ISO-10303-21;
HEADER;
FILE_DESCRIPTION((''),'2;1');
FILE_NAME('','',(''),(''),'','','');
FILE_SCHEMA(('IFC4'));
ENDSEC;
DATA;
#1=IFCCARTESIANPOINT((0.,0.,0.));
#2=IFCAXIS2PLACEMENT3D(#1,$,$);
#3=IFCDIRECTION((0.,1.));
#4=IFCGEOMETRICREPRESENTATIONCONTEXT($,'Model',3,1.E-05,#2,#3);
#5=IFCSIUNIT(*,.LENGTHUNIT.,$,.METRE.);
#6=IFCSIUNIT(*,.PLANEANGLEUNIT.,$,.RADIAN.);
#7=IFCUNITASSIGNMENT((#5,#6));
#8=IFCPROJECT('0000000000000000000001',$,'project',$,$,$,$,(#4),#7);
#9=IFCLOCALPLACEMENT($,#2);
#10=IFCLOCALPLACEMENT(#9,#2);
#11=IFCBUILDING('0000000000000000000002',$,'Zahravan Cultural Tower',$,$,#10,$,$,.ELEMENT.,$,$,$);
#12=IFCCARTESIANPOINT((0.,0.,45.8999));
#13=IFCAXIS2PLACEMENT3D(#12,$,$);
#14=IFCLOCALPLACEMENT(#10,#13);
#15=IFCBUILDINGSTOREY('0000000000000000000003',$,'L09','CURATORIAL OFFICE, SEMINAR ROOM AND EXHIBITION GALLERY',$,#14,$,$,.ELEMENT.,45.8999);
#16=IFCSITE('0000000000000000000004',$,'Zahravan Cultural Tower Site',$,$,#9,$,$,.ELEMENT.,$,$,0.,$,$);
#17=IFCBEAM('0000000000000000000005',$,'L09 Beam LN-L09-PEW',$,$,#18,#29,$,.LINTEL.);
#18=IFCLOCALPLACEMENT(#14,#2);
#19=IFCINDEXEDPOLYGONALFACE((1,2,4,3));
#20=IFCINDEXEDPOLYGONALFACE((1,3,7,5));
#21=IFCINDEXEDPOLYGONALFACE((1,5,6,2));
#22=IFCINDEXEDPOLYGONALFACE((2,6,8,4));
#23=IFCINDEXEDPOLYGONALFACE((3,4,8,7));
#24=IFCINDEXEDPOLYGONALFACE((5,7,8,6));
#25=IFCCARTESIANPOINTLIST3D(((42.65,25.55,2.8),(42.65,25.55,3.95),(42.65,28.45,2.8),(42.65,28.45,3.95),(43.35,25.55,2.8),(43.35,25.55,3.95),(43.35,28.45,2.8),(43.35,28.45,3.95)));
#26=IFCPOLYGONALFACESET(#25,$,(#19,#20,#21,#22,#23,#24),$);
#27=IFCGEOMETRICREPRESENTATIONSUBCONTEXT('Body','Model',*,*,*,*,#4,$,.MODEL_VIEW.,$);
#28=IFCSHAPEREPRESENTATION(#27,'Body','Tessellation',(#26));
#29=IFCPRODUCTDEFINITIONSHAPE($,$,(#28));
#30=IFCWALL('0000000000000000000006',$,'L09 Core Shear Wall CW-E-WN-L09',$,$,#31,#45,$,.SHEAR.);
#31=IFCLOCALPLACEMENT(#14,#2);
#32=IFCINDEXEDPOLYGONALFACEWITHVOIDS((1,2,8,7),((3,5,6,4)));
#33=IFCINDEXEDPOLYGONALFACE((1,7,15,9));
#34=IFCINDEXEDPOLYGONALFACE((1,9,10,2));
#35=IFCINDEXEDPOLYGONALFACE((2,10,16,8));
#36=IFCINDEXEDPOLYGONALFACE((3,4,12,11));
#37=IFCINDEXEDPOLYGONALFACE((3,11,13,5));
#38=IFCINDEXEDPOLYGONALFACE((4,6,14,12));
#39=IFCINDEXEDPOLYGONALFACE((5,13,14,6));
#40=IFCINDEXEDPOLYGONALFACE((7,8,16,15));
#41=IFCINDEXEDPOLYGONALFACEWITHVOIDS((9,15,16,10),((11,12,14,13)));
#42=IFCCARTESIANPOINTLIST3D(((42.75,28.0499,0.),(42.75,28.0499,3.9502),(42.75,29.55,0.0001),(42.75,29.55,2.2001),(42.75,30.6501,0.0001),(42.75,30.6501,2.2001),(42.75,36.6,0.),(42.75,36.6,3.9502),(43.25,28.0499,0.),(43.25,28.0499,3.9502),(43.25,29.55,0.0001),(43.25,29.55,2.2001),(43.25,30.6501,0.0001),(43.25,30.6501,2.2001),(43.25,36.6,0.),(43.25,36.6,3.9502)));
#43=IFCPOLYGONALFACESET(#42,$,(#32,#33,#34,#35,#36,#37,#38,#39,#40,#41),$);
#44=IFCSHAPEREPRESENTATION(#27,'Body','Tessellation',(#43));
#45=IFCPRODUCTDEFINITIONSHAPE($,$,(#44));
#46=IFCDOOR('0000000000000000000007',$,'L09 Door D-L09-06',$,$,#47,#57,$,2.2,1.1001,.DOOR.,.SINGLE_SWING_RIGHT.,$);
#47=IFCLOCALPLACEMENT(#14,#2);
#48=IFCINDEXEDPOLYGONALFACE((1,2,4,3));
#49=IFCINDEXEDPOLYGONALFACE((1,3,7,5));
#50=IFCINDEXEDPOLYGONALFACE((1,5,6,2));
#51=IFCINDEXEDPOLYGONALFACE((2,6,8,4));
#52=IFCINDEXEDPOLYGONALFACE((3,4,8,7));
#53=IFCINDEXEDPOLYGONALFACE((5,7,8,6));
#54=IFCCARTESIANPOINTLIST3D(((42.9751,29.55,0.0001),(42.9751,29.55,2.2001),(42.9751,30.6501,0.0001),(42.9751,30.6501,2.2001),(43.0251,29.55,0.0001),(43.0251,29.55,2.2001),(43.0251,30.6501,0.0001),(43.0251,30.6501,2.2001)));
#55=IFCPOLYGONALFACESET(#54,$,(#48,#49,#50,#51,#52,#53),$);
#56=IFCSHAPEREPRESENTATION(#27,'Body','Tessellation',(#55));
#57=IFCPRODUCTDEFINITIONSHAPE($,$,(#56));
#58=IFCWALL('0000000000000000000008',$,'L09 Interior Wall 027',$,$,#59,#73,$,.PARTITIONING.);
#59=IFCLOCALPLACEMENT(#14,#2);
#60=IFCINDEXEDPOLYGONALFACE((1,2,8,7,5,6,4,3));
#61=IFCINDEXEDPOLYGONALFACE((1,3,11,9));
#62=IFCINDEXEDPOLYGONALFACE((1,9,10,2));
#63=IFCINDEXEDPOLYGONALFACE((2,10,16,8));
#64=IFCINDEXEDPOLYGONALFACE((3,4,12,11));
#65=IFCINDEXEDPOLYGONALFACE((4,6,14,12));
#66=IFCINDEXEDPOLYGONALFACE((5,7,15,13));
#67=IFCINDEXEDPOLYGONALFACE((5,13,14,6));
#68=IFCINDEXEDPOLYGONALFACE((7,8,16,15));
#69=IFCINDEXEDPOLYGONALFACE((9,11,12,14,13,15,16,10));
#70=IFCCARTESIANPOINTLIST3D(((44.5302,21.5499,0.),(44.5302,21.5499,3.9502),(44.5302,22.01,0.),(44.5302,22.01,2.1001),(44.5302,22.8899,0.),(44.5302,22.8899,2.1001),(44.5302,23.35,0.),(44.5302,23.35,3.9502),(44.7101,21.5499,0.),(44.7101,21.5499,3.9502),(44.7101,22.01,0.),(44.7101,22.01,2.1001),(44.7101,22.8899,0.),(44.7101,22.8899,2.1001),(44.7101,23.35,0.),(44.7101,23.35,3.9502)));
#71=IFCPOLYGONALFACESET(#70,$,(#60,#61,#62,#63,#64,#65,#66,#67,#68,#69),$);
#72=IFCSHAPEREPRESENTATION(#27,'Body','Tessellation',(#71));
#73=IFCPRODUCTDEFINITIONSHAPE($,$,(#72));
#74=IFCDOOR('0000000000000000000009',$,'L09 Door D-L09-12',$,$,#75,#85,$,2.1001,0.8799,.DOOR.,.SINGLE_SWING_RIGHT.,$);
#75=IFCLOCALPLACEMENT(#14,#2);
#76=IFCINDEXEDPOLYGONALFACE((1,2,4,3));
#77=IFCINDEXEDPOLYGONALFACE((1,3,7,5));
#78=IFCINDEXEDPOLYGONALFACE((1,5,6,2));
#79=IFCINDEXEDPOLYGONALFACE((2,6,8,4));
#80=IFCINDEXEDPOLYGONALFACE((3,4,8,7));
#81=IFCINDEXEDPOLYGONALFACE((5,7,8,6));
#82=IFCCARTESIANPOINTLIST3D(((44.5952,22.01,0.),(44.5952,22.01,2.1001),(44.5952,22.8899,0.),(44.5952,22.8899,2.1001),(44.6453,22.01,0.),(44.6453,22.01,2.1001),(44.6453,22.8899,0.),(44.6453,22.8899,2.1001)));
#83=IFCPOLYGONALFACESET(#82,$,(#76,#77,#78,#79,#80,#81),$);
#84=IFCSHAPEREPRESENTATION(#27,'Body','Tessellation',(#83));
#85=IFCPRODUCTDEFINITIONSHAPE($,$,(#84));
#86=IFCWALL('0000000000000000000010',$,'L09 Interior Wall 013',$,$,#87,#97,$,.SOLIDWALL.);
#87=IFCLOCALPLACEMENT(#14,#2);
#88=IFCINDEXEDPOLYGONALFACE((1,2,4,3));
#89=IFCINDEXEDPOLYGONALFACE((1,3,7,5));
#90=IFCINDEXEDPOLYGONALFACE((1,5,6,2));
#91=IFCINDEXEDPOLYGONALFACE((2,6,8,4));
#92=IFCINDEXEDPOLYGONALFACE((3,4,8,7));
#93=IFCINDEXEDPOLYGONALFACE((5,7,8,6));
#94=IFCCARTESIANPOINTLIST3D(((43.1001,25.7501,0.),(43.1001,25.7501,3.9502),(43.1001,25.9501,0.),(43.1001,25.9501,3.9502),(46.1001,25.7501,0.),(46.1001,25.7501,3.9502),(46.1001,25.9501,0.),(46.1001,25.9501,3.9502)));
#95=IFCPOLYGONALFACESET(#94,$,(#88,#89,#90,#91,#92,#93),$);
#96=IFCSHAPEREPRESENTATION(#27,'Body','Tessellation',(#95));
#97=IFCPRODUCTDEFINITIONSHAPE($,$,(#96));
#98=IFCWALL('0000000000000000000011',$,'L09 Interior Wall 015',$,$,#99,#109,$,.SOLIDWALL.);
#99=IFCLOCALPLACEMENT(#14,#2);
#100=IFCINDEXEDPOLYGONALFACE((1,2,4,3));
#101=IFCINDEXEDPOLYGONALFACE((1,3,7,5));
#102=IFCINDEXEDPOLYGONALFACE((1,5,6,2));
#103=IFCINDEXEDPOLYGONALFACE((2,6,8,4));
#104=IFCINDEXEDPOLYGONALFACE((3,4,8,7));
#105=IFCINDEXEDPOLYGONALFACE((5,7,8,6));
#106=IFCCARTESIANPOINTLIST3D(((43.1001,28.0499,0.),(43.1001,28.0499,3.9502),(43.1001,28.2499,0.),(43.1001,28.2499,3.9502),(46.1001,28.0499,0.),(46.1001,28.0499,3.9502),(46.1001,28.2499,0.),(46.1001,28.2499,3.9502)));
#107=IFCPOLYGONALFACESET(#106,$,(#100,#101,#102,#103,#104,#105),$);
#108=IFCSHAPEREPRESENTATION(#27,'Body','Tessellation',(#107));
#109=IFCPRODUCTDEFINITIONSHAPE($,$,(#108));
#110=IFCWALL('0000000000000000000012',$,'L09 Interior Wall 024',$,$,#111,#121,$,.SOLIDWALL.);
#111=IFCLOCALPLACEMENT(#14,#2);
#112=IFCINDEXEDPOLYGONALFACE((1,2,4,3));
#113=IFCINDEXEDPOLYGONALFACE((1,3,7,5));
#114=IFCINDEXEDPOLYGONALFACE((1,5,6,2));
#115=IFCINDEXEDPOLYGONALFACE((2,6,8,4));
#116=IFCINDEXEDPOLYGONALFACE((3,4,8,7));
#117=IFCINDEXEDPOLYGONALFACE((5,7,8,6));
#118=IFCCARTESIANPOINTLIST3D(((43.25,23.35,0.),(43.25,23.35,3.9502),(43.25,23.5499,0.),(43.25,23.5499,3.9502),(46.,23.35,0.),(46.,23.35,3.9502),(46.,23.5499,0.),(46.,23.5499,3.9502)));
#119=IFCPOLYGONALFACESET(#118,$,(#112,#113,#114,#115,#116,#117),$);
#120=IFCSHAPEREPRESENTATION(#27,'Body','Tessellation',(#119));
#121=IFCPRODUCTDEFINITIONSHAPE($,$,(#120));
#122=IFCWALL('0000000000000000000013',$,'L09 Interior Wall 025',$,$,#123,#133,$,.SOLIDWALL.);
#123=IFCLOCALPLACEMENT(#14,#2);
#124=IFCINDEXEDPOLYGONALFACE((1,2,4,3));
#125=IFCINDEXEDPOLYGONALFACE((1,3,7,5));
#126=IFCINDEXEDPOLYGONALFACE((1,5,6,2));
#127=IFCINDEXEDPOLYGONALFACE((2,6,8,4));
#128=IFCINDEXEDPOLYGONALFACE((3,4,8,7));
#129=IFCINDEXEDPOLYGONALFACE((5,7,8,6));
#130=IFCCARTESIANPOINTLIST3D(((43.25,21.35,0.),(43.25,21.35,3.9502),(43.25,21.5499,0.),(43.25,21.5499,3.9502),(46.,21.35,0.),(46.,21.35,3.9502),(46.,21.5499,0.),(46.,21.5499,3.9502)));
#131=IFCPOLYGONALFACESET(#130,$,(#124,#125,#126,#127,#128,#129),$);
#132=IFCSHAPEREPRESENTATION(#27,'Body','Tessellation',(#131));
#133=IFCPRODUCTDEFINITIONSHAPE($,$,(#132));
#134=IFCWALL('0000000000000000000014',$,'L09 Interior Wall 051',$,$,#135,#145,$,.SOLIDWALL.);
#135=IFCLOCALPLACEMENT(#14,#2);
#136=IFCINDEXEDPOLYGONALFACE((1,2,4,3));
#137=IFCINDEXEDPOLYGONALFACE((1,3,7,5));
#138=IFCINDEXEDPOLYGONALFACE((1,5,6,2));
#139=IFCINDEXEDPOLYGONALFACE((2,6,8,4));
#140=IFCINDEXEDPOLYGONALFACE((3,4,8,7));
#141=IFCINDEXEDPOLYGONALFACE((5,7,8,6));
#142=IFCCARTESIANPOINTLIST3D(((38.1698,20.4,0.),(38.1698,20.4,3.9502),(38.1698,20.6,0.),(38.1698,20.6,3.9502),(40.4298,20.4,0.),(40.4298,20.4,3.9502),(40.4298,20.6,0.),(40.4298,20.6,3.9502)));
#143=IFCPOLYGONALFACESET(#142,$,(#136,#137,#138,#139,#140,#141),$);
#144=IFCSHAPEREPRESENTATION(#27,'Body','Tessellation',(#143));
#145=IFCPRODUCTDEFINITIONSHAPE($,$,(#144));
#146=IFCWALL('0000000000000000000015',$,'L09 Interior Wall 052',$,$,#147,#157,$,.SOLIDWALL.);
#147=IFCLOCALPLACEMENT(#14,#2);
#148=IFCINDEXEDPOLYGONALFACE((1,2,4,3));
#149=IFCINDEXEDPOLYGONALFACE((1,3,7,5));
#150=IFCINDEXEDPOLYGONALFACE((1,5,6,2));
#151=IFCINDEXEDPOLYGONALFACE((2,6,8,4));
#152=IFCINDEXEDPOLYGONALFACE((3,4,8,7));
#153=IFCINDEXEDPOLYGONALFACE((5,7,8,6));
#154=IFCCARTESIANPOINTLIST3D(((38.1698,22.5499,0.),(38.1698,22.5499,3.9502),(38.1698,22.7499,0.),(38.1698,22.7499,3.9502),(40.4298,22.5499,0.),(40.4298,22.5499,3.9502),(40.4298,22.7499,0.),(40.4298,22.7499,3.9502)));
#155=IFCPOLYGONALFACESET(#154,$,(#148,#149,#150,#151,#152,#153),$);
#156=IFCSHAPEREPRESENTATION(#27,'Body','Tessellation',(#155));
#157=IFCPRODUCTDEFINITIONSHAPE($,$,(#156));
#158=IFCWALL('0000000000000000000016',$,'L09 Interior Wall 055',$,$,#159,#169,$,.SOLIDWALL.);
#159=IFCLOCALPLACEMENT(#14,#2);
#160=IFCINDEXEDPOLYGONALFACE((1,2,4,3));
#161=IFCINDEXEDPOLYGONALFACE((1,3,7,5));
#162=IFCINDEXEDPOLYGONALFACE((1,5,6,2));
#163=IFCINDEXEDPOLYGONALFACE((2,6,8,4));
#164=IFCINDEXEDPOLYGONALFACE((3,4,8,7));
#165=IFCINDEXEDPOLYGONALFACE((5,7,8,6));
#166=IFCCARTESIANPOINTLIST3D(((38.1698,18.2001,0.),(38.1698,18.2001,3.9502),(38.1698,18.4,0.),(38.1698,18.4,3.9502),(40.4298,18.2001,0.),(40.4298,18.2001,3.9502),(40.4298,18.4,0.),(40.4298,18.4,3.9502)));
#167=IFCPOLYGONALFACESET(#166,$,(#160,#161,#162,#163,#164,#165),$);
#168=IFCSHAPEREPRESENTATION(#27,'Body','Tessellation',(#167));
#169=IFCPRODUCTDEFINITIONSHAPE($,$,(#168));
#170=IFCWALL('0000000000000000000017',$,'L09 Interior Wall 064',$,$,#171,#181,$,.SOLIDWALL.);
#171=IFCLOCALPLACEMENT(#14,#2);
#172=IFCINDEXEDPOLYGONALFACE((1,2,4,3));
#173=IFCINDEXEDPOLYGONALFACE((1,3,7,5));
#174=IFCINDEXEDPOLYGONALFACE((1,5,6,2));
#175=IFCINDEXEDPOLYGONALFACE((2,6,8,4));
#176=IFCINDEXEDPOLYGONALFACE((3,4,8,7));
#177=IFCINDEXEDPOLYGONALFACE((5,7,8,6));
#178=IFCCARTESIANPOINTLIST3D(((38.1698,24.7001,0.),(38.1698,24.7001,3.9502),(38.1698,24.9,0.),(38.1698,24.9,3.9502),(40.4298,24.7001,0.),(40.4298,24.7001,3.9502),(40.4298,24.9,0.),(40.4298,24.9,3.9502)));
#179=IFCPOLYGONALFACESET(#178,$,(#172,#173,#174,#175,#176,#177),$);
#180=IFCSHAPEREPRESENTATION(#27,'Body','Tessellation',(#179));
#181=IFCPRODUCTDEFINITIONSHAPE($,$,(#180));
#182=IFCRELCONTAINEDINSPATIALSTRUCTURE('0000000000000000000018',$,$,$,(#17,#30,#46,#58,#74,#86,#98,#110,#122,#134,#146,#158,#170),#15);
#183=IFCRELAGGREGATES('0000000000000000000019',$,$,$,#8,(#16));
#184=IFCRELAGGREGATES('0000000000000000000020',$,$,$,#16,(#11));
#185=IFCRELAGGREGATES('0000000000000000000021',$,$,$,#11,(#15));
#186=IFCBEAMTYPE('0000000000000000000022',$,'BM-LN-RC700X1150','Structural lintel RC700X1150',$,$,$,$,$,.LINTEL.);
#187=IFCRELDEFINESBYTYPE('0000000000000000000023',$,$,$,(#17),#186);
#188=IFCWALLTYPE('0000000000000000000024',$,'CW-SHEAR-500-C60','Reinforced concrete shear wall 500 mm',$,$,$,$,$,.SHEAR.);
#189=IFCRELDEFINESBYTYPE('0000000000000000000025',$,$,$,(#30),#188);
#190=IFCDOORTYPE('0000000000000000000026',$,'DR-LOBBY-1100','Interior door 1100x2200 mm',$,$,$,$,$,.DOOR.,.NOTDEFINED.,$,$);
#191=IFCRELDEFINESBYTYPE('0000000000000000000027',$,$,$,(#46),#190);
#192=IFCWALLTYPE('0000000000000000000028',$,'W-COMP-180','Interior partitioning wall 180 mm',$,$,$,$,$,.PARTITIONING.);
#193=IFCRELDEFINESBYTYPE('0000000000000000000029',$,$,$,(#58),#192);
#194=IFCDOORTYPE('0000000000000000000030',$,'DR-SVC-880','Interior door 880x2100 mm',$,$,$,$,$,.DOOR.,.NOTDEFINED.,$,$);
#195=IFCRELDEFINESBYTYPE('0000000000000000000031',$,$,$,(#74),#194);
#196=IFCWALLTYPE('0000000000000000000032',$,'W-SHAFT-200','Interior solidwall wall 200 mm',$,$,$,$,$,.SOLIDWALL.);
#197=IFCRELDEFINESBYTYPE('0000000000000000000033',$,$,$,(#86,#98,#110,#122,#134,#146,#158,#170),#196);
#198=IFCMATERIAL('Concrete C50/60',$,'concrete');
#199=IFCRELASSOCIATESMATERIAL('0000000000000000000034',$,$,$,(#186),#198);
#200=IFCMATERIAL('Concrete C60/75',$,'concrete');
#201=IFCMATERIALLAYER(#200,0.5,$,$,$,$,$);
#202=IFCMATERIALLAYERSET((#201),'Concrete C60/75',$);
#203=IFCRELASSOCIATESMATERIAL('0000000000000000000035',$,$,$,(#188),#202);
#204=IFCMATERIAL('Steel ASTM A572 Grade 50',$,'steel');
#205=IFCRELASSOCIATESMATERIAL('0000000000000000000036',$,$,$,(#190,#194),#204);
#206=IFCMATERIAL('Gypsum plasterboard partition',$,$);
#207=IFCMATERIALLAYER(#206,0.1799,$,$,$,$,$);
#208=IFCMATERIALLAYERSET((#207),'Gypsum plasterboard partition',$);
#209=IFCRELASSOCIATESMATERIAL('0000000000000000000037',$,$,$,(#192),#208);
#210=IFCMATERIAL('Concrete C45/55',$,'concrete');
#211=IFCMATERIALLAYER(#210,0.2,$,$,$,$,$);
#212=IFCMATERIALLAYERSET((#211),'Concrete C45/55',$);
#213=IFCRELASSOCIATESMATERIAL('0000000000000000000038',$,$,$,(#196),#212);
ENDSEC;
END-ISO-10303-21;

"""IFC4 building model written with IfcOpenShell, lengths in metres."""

from ifc_helpers import new_model, si_unit, direction, frame, frame_2d, origin, origin_2d, place, context, subcontext, project, spatial, rectangle, extrude, source, transform, mapped, material, layer, layer_set, material_profile, profile_set, type_object, element, fill, save


model = new_model("IFC4")

# Units and contexts
model_context = context("Model", 3, precision=1e-05, world=origin(), true_north=direction((0.0, 1.0)))
body_context = subcontext(model_context, "Body", "Model", "MODEL_VIEW")
ifc_project = project(units=[si_unit("LENGTHUNIT", "METRE"), si_unit("PLANEANGLEUNIT", "RADIAN")], contexts=[model_context])

# Site, building, storey
site_placement = place(None, origin())
site = spatial("IfcSite", under=ifc_project, at=site_placement, Name="Zahravan Cultural Tower Site", CompositionType="ELEMENT", RefElevation=0.0)
building_placement = place(site_placement, origin())
building = spatial("IfcBuilding", under=site, at=building_placement, Name="Zahravan Cultural Tower", CompositionType="ELEMENT")
storey_placement = place(building_placement, frame((0.0, 0.0, 45.8999)))
storey = spatial("IfcBuildingStorey", under=building, at=storey_placement, Name="L09", Description="CURATORIAL OFFICE, SEMINAR ROOM AND EXHIBITION GALLERY", CompositionType="ELEMENT", Elevation=45.8999)

# Beam
ifc_material_1 = material(Name="Concrete C50/60", Category="concrete")
ifc_material_profile = material_profile(ifc_material_1, rectangle(XDim=0.7, YDim=1.1499, at=origin_2d()), Name="RC700X1150")
ifc_profile_set = profile_set([ifc_material_profile], Name="Concrete C50/60")
beam_type = type_object("IfcBeamType", Name="BM-LN-RC700X1150", Description="Structural lintel RC700X1150", PredefinedType="LINTEL", material=ifc_profile_set)
shared_shape_1 = source(origin(), body_context, "Body", "SweptSolid", [
    extrude(rectangle(XDim=0.7, YDim=1.1499, at=origin_2d()), origin(), (0.0, 0.0, 1.0), 2.8999),
])
beam_placement = place(storey_placement, frame((43.0, 25.55, 3.375), z_axis=(0.0, 1.0, 0.0), x_axis=(-1.0, 0.0, 0.0)))
element("IfcBeam", 1, at=beam_placement, inside=storey, type_object=beam_type, Name="L09 Beam LN-L09-PEW", PredefinedType="LINTEL", context=body_context, shape_type="MappedRepresentation", body=[
    mapped(shared_shape_1, transform((0.0, 0.0, 0.0), x_axis=(1.0, 0.0, 0.0), y_axis=(0.0, 1.0, 0.0), z_axis=(0.0, 0.0, 1.0), scale=1.0)),
])

# Walls, openings, doors
ifc_material_2 = material(Name="Concrete C60/75", Category="concrete")
ifc_layer_1 = layer(ifc_material_2, 0.5)
ifc_layer_set_1 = layer_set([ifc_layer_1], Name="Concrete C60/75")
wall_type_1 = type_object("IfcWallType", Name="CW-SHEAR-500-C60", Description="Reinforced concrete shear wall 500 mm", PredefinedType="SHEAR", material=ifc_layer_set_1)
wall_1_placement = place(storey_placement, frame((43.0, 28.05, 0.0), z_axis=(0.0, 0.0, 1.0), x_axis=(0.0, 1.0, 0.0)))
wall_1 = element("IfcWall", 2, at=wall_1_placement, inside=storey, type_object=wall_type_1, Name="L09 Core Shear Wall CW-E-WN-L09", PredefinedType="SHEAR", context=body_context, shape_type="SweptSolid", body=[
    extrude(rectangle(XDim=8.55, YDim=0.5, at=frame_2d((4.2749, 0.0))), origin(), (0.0, 0.0, 1.0), 3.9502),
])
opening_1_placement = place(wall_1_placement, frame((1.5, 0.0, 0.0)))
opening_1 = element("IfcOpeningElement", 3, at=opening_1_placement, cuts=wall_1, PredefinedType="OPENING", context=body_context, shape_type="SweptSolid", body=[
    extrude(rectangle(XDim=1.1001, YDim=2.2, at=frame_2d((0.55, 1.1001))), frame((0.0, 0.26, 0.0), z_axis=(0.0, -1.0, 0.0), x_axis=(1.0, 0.0, 0.0)), (0.0, 0.0, 1.0), 0.52),
])
ifc_material_3 = material(Name="Steel ASTM A572 Grade 50", Category="steel")
door_type_1 = type_object("IfcDoorType", Name="DR-LOBBY-1100", Description="Interior door 1100x2200 mm", OperationType="NOTDEFINED", PredefinedType="DOOR", material=ifc_material_3)
shared_shape_2 = source(origin(), body_context, "Body", "SweptSolid", [
    extrude(rectangle(XDim=1.1001, YDim=2.2, at=frame_2d((0.55, 1.1001))), frame((0.0, 0.0249, 0.0), z_axis=(0.0, -1.0, 0.0), x_axis=(1.0, 0.0, 0.0)), (0.0, 0.0, 1.0), 0.05),
])
door_1_placement = place(opening_1_placement, origin())
door_1 = element("IfcDoor", 4, at=door_1_placement, inside=storey, type_object=door_type_1, Name="L09 Door D-L09-06", OperationType="SINGLE_SWING_RIGHT", OverallHeight=2.2, OverallWidth=1.1001, PredefinedType="DOOR", context=body_context, shape_type="MappedRepresentation", body=[
    mapped(shared_shape_2, transform((0.0, 0.0, 0.0), x_axis=(1.0, 0.0, 0.0), y_axis=(0.0, 1.0, 0.0), z_axis=(0.0, 0.0, 1.0), scale=1.0)),
])
fill(opening_1, door_1)
ifc_material_4 = material(Name="Gypsum plasterboard partition")
ifc_layer_2 = layer(ifc_material_4, 0.1799)
ifc_layer_set_2 = layer_set([ifc_layer_2], Name="Gypsum plasterboard partition")
wall_type_2 = type_object("IfcWallType", Name="W-COMP-180", Description="Interior partitioning wall 180 mm", PredefinedType="PARTITIONING", material=ifc_layer_set_2)
wall_2_placement = place(storey_placement, frame((44.6201, 21.55, 0.0), z_axis=(0.0, 0.0, 1.0), x_axis=(0.0, 1.0, 0.0)))
wall_2 = element("IfcWall", 5, at=wall_2_placement, inside=storey, type_object=wall_type_2, Name="L09 Interior Wall 027", PredefinedType="PARTITIONING", context=body_context, shape_type="SweptSolid", body=[
    extrude(rectangle(XDim=1.8, YDim=0.1799, at=frame_2d((0.8999, 0.0))), origin(), (0.0, 0.0, 1.0), 3.9502),
])
opening_2_placement = place(wall_2_placement, frame((0.46, 0.0, 0.0)))
opening_2 = element("IfcOpeningElement", 6, at=opening_2_placement, cuts=wall_2, PredefinedType="OPENING", context=body_context, shape_type="SweptSolid", body=[
    extrude(rectangle(XDim=0.8799, YDim=2.1001, at=frame_2d((0.4399, 1.05))), frame((0.0, 0.0999, 0.0), z_axis=(0.0, -1.0, 0.0), x_axis=(1.0, 0.0, 0.0)), (0.0, 0.0, 1.0), 0.2),
])
door_type_2 = type_object("IfcDoorType", Name="DR-SVC-880", Description="Interior door 880x2100 mm", OperationType="NOTDEFINED", PredefinedType="DOOR", material=ifc_material_3)
shared_shape_3 = source(origin(), body_context, "Body", "SweptSolid", [
    extrude(rectangle(XDim=0.8799, YDim=2.1001, at=frame_2d((0.4399, 1.05))), frame((0.0, 0.0249, 0.0), z_axis=(0.0, -1.0, 0.0), x_axis=(1.0, 0.0, 0.0)), (0.0, 0.0, 1.0), 0.05),
])
door_2_placement = place(opening_2_placement, origin())
door_2 = element("IfcDoor", 7, at=door_2_placement, inside=storey, type_object=door_type_2, Name="L09 Door D-L09-12", OperationType="SINGLE_SWING_RIGHT", OverallHeight=2.1001, OverallWidth=0.8799, PredefinedType="DOOR", context=body_context, shape_type="MappedRepresentation", body=[
    mapped(shared_shape_3, transform((0.0, 0.0, 0.0), x_axis=(1.0, 0.0, 0.0), y_axis=(0.0, 1.0, 0.0), z_axis=(0.0, 0.0, 1.0), scale=1.0)),
])
fill(opening_2, door_2)
ifc_material_5 = material(Name="Concrete C45/55", Category="concrete")
ifc_layer_3 = layer(ifc_material_5, 0.2)
ifc_layer_set_3 = layer_set([ifc_layer_3], Name="Concrete C45/55")
wall_type_3 = type_object("IfcWallType", Name="W-SHAFT-200", Description="Interior solidwall wall 200 mm", PredefinedType="SOLIDWALL", material=ifc_layer_set_3)

# Walls
shared_shape_4 = source(origin(), body_context, "Body", "SweptSolid", [
    extrude(rectangle(XDim=3.0, YDim=0.2, at=frame_2d((1.5, 0.0))), origin(), (0.0, 0.0, 1.0), 3.9502),
])
for number, where, z_axis, x_axis, name in (
    (8, (43.1001, 25.8501, 0.0), (0.0, 0.0, 1.0), (1.0, 0.0, 0.0), "L09 Interior Wall 013"),
    (9, (43.1001, 28.1499, 0.0), (0.0, 0.0, 1.0), (1.0, 0.0, 0.0), "L09 Interior Wall 015"),
):
    element("IfcWall", number, at=place(storey_placement, frame(where, z_axis=z_axis, x_axis=x_axis)), inside=storey, type_object=wall_type_3, Name=name, PredefinedType="SOLIDWALL", context=body_context, shape_type="MappedRepresentation", body=[
        mapped(shared_shape_4, transform((0.0, 0.0, 0.0), x_axis=(1.0, 0.0, 0.0), y_axis=(0.0, 1.0, 0.0), z_axis=(0.0, 0.0, 1.0), scale=1.0)),
    ])
shared_shape_5 = source(origin(), body_context, "Body", "SweptSolid", [
    extrude(rectangle(XDim=2.75, YDim=0.2, at=frame_2d((1.375, 0.0))), origin(), (0.0, 0.0, 1.0), 3.9502),
])
for number, where, z_axis, x_axis, name in (
    (10, (43.25, 23.45, 0.0), (0.0, 0.0, 1.0), (1.0, 0.0, 0.0), "L09 Interior Wall 024"),
    (11, (43.25, 21.45, 0.0), (0.0, 0.0, 1.0), (1.0, 0.0, 0.0), "L09 Interior Wall 025"),
):
    element("IfcWall", number, at=place(storey_placement, frame(where, z_axis=z_axis, x_axis=x_axis)), inside=storey, type_object=wall_type_3, Name=name, PredefinedType="SOLIDWALL", context=body_context, shape_type="MappedRepresentation", body=[
        mapped(shared_shape_5, transform((0.0, 0.0, 0.0), x_axis=(1.0, 0.0, 0.0), y_axis=(0.0, 1.0, 0.0), z_axis=(0.0, 0.0, 1.0), scale=1.0)),
    ])
shared_shape_6 = source(origin(), body_context, "Body", "SweptSolid", [
    extrude(rectangle(XDim=2.26, YDim=0.2, at=frame_2d((1.1299, 0.0))), origin(), (0.0, 0.0, 1.0), 3.9502),
])
for number, where, z_axis, x_axis, name in (
    (12, (38.1699, 20.5, 0.0), (0.0, 0.0, 1.0), (1.0, 0.0, 0.0), "L09 Interior Wall 051"),
    (13, (38.1699, 22.6499, 0.0), (0.0, 0.0, 1.0), (1.0, 0.0, 0.0), "L09 Interior Wall 052"),
    (14, (38.1699, 18.3, 0.0), (0.0, 0.0, 1.0), (1.0, 0.0, 0.0), "L09 Interior Wall 055"),
    (15, (38.1699, 24.8, 0.0), (0.0, 0.0, 1.0), (1.0, 0.0, 0.0), "L09 Interior Wall 064"),
):
    element("IfcWall", number, at=place(storey_placement, frame(where, z_axis=z_axis, x_axis=x_axis)), inside=storey, type_object=wall_type_3, Name=name, PredefinedType="SOLIDWALL", context=body_context, shape_type="MappedRepresentation", body=[
        mapped(shared_shape_6, transform((0.0, 0.0, 0.0), x_axis=(1.0, 0.0, 0.0), y_axis=(0.0, 1.0, 0.0), z_axis=(0.0, 0.0, 1.0), scale=1.0)),
    ])

save(model, "model.ifc")
